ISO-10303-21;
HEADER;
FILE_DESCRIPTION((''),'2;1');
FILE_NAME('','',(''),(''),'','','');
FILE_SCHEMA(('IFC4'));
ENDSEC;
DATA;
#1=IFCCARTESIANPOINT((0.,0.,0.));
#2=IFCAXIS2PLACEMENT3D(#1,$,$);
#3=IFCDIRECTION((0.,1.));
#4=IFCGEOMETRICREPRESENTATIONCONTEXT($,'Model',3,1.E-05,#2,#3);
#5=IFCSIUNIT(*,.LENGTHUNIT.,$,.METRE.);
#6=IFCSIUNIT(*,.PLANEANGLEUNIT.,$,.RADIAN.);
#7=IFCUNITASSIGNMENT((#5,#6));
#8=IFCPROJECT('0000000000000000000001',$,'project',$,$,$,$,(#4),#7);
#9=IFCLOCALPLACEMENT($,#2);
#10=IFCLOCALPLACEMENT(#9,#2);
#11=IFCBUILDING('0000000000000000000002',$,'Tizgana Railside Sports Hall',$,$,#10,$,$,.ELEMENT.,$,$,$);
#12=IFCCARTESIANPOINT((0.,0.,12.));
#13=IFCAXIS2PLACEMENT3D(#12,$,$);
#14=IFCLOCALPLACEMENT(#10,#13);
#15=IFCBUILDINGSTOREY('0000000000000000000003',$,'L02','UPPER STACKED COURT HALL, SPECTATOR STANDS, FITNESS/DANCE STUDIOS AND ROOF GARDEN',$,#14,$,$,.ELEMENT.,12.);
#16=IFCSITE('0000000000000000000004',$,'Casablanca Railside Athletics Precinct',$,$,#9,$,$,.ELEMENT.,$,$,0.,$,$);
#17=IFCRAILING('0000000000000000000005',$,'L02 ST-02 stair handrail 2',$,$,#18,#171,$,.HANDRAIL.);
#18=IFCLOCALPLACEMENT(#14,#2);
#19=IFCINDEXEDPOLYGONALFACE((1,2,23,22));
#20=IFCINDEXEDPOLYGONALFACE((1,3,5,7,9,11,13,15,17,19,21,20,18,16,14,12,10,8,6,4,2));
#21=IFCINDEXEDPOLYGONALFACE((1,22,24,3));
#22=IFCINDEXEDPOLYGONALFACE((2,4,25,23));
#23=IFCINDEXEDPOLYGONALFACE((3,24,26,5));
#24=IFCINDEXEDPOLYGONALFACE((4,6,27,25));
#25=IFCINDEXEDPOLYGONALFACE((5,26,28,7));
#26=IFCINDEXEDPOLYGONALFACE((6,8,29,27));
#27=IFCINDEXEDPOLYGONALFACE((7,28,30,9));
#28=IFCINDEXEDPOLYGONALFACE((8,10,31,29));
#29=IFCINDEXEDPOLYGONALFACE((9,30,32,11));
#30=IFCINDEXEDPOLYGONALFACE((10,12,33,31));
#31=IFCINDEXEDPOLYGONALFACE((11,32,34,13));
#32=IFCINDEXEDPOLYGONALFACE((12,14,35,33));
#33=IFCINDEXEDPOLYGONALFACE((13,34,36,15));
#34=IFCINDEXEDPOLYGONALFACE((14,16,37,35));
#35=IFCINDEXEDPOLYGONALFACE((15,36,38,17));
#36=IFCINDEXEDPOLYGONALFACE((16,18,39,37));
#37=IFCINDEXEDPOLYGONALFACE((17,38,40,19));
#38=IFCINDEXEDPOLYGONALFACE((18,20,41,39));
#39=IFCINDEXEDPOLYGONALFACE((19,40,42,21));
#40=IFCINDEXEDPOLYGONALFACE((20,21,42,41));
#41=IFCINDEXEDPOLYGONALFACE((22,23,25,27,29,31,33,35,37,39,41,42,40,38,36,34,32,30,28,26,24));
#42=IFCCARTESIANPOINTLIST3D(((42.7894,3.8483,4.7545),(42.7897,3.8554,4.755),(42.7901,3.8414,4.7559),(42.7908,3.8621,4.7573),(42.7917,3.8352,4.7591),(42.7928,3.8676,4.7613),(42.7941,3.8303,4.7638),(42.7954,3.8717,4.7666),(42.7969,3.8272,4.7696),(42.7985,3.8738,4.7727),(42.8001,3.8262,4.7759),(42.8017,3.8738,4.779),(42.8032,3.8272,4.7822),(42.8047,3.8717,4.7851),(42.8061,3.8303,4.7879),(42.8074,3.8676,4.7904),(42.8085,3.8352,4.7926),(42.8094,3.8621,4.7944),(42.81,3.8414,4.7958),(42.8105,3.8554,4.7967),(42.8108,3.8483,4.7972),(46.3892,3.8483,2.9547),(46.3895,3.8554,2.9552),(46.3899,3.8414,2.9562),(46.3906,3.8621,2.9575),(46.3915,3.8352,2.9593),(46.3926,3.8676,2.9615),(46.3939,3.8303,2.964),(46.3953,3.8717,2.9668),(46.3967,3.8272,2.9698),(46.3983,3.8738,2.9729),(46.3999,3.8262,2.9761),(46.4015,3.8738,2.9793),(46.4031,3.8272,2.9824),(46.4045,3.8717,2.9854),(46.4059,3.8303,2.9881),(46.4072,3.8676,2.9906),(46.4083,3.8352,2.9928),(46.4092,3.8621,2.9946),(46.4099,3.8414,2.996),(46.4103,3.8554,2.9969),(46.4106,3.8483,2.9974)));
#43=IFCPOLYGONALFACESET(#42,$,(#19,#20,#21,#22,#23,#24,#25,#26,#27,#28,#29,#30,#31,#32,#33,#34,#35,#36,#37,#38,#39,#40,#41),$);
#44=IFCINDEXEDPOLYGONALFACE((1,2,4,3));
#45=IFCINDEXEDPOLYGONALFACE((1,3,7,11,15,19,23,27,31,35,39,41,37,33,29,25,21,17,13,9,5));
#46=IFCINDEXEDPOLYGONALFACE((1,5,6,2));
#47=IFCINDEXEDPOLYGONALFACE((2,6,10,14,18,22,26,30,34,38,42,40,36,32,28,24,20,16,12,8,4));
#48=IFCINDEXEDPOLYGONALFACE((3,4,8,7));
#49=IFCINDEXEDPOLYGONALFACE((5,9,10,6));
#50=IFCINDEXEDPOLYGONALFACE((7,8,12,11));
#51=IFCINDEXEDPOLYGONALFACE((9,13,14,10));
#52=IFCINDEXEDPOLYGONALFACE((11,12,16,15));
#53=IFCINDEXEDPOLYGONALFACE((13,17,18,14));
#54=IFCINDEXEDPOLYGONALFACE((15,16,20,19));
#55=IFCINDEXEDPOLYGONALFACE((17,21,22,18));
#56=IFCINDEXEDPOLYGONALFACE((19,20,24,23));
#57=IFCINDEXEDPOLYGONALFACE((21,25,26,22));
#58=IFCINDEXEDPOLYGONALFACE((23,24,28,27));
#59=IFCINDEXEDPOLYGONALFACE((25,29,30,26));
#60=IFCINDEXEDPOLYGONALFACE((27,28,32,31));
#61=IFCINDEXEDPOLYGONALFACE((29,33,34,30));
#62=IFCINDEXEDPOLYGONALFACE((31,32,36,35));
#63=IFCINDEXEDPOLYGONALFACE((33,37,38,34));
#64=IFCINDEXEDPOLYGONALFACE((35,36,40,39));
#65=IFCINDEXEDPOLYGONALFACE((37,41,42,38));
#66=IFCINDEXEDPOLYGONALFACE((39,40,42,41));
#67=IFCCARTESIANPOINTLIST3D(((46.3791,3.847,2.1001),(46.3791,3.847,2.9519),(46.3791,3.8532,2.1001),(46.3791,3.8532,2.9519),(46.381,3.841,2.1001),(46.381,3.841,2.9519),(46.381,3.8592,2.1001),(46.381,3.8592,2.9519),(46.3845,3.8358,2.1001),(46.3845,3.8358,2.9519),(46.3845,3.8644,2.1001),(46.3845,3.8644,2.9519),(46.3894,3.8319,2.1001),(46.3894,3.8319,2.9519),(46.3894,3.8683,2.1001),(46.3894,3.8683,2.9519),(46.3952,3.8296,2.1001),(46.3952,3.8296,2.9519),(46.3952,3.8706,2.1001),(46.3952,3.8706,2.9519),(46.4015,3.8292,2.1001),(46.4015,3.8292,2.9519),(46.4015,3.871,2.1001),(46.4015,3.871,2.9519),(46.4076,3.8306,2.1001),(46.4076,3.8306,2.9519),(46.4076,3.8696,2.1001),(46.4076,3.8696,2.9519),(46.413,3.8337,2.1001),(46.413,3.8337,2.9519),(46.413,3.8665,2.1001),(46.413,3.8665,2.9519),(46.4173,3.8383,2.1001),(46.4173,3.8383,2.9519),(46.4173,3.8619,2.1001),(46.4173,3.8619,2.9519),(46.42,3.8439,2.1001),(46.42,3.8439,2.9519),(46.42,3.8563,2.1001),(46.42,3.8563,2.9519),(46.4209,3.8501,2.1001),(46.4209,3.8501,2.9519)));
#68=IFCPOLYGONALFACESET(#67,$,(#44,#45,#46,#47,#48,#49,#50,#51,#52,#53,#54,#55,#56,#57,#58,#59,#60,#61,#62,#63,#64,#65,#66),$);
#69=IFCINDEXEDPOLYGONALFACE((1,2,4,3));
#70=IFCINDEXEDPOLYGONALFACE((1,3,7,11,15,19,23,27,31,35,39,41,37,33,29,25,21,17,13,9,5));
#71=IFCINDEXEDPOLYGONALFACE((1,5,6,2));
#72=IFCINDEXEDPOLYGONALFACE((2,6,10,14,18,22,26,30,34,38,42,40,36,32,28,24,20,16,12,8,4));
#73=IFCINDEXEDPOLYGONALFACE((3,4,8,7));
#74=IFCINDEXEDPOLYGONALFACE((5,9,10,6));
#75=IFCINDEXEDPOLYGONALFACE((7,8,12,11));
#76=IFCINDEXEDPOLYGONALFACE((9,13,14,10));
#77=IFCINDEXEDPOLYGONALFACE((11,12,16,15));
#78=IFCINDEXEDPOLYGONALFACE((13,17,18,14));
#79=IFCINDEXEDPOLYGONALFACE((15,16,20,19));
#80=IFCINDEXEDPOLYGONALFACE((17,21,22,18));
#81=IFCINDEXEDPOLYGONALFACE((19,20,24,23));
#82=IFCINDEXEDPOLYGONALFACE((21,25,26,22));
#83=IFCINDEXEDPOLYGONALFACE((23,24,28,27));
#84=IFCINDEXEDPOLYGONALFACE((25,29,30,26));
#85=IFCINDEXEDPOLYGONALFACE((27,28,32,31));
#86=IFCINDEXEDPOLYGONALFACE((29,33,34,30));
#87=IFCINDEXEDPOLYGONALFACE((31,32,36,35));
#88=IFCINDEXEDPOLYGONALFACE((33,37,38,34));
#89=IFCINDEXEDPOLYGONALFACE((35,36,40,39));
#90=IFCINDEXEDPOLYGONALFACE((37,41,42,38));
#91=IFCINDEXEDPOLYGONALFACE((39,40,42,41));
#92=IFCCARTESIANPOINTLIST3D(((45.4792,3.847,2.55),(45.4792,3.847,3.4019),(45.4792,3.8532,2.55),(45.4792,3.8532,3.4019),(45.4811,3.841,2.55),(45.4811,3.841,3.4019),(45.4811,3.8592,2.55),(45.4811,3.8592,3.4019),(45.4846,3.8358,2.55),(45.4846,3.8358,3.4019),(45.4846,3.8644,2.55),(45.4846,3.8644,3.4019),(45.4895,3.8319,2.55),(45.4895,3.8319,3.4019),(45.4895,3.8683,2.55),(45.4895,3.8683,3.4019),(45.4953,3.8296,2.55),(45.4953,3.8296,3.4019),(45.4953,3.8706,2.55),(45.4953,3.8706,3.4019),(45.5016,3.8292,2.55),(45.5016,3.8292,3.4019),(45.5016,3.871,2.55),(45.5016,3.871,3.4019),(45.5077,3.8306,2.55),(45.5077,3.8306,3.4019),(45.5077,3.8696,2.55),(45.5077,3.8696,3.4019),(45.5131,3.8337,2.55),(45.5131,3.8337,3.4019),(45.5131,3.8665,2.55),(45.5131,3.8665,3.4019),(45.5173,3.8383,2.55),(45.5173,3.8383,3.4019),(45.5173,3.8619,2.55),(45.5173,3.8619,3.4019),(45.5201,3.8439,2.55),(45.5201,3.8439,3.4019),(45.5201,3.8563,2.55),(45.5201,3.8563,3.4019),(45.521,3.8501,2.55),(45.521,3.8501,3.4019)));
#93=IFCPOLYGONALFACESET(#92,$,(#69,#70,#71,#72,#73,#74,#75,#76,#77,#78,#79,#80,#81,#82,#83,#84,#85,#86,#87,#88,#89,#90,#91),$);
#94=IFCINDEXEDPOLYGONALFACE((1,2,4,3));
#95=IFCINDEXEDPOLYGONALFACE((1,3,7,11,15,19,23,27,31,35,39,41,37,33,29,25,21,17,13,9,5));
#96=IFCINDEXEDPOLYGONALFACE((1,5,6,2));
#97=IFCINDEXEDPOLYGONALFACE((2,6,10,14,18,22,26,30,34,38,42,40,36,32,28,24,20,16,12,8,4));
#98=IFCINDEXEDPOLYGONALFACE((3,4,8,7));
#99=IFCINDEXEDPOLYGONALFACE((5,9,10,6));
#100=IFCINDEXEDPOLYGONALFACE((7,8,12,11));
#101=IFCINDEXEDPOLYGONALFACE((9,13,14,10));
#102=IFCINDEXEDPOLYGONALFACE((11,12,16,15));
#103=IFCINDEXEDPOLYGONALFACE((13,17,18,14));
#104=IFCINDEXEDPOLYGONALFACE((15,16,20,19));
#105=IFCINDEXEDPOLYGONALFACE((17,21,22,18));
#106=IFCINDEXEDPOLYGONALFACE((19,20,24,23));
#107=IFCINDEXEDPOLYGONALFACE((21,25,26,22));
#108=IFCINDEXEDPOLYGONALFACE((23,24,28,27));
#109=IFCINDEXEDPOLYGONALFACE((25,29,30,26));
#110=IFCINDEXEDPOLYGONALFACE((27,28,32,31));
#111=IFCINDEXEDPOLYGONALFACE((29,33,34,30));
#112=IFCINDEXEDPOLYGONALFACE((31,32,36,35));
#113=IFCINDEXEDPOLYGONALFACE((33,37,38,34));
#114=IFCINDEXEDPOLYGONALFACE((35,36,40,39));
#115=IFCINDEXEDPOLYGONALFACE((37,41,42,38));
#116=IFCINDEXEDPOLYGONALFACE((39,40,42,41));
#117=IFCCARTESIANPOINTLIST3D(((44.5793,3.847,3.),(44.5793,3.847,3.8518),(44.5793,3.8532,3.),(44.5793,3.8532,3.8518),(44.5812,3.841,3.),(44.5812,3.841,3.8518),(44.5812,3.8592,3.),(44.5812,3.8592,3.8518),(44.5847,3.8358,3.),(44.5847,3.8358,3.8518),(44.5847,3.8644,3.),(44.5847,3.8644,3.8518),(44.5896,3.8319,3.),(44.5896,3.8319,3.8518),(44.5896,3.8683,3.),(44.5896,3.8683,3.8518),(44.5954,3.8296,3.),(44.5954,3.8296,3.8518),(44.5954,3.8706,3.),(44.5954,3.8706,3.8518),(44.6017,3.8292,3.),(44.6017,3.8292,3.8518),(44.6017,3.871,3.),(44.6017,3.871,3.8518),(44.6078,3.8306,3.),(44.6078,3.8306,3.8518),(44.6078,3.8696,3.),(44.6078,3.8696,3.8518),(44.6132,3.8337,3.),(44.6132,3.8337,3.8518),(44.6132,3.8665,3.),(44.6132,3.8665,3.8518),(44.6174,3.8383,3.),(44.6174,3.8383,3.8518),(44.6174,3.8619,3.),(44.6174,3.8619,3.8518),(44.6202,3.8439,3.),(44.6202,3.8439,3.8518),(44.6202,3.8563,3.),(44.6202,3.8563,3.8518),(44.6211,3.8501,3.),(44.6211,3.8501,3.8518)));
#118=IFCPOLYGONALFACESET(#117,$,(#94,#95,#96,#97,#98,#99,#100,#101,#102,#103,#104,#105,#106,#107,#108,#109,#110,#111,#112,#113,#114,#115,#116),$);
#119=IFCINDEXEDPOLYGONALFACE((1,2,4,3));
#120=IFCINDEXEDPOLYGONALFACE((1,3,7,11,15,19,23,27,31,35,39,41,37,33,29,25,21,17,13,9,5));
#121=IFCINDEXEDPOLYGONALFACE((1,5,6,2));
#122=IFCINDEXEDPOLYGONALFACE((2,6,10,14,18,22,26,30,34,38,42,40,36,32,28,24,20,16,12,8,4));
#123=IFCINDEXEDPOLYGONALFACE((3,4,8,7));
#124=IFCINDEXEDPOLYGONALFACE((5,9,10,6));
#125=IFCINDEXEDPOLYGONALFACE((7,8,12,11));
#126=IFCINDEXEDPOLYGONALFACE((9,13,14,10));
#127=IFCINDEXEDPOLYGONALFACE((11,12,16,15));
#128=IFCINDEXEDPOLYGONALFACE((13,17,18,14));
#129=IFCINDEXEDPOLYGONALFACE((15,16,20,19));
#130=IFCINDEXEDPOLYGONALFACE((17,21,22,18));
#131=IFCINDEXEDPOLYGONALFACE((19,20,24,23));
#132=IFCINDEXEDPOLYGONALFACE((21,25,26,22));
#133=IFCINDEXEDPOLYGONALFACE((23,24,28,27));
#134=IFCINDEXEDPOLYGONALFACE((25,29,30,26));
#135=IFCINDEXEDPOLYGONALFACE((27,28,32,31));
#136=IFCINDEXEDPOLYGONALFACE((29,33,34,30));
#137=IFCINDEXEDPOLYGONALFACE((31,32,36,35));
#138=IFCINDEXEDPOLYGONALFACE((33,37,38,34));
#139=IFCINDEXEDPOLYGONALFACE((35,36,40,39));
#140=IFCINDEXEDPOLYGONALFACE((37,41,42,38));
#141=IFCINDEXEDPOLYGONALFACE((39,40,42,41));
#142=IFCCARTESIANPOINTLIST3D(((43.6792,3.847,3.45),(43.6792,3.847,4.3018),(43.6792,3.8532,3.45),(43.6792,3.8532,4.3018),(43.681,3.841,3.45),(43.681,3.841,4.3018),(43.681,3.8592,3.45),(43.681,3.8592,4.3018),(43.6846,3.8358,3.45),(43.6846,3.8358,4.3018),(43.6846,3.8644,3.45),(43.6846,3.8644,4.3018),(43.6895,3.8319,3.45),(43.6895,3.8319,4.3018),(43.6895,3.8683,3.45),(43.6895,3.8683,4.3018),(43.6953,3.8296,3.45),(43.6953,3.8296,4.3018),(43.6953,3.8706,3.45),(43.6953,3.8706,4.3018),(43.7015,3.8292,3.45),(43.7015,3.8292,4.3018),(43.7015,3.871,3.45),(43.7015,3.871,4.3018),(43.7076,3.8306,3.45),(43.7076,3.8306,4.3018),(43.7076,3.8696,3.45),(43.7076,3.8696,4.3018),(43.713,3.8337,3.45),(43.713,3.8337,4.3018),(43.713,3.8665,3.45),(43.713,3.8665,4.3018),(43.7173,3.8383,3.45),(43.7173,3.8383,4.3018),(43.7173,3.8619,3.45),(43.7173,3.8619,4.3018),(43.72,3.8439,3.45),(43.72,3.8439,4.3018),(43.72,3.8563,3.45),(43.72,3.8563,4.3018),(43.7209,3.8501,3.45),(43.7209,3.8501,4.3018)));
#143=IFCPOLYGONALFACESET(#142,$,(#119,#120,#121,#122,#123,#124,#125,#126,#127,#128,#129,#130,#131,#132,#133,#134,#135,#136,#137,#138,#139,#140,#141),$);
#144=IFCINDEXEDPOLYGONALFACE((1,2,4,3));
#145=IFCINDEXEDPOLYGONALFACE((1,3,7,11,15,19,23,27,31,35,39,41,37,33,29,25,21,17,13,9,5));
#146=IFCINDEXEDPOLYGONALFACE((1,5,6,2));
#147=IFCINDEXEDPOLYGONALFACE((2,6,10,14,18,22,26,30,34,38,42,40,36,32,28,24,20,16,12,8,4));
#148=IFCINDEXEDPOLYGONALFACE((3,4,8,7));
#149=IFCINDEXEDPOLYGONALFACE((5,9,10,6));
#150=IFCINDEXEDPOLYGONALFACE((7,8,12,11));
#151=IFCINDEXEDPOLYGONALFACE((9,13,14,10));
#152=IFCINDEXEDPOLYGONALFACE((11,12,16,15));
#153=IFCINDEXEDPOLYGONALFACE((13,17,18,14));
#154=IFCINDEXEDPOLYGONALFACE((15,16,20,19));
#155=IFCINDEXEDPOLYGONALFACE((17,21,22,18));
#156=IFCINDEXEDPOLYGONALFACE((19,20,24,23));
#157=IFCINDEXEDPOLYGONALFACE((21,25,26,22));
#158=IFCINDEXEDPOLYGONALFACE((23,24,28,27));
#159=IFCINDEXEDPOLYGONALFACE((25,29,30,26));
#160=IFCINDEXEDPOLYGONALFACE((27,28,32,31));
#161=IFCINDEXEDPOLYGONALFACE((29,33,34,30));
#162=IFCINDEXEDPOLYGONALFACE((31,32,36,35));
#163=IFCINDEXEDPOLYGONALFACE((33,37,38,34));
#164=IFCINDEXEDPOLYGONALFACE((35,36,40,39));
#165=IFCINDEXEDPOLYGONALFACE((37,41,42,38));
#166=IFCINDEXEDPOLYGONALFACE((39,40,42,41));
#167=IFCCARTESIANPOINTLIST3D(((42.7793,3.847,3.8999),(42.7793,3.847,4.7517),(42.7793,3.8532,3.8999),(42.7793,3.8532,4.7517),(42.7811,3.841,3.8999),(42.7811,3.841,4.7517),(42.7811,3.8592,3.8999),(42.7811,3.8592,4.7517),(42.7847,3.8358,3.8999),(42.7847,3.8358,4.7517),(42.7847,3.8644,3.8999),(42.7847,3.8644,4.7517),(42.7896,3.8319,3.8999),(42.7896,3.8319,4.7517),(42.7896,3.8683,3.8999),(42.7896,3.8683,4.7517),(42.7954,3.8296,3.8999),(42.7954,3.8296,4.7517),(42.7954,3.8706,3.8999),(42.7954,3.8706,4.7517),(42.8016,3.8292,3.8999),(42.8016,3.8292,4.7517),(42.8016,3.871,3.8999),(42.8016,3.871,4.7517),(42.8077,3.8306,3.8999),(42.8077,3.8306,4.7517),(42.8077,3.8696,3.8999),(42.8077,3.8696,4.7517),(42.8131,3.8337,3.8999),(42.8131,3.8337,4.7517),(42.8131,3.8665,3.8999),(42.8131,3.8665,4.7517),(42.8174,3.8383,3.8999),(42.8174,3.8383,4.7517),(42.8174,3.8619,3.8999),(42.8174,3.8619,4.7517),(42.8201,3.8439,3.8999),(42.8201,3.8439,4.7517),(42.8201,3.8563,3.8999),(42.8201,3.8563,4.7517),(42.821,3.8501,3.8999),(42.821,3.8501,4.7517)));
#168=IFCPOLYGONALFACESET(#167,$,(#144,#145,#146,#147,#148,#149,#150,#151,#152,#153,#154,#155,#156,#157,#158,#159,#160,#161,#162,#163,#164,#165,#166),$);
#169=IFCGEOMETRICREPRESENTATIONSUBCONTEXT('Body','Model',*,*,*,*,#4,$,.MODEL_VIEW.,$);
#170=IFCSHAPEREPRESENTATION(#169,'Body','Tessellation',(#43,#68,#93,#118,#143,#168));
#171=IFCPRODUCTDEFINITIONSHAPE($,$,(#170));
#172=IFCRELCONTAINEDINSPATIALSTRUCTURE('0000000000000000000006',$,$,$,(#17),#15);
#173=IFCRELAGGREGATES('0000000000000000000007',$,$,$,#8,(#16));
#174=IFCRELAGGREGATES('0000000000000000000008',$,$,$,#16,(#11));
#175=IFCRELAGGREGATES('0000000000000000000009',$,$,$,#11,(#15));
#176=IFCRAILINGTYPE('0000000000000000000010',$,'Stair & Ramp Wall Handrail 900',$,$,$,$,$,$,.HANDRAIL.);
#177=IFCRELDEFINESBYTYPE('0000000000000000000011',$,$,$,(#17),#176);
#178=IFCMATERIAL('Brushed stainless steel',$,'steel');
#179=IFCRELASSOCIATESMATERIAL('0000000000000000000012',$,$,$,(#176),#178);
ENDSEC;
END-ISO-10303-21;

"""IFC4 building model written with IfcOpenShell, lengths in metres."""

from ifc_helpers import new_model, si_unit, direction, frame, origin, origin_2d, place, context, subcontext, project, spatial, circle, extrude, material, type_object, element, save


model = new_model("IFC4")

# Units and contexts
model_context = context("Model", 3, precision=1e-05, world=origin(), true_north=direction((0.0, 1.0)))
body_context = subcontext(model_context, "Body", "Model", "MODEL_VIEW")
ifc_project = project(units=[si_unit("LENGTHUNIT", "METRE"), si_unit("PLANEANGLEUNIT", "RADIAN")], contexts=[model_context])

# Site, building, storey
site_placement = place(None, origin())
site = spatial("IfcSite", under=ifc_project, at=site_placement, Name="Casablanca Railside Athletics Precinct", CompositionType="ELEMENT", RefElevation=0.0)
building_placement = place(site_placement, origin())
building = spatial("IfcBuilding", under=site, at=building_placement, Name="Tizgana Railside Sports Hall", CompositionType="ELEMENT")
storey_placement = place(building_placement, frame((0.0, 0.0, 12.0)))
storey = spatial("IfcBuildingStorey", under=building, at=storey_placement, Name="L02", Description="UPPER STACKED COURT HALL, SPECTATOR STANDS, FITNESS/DANCE STUDIOS AND ROOF GARDEN", CompositionType="ELEMENT", Elevation=12.0)

# Shared definitions
ifc_material_1 = material(Name="Brushed stainless steel", Category="steel")

# Railing
railing_type_1 = type_object("IfcRailingType", Name="Stair & Ramp Wall Handrail 900", PredefinedType="HANDRAIL", material=ifc_material_1)
railing_1_placement = place(storey_placement, frame((46.3999, 3.8501, 2.1001)))
element("IfcRailing", 1, at=railing_1_placement, inside=storey, type_object=railing_type_1, Name="L02 ST-02 stair handrail 2", PredefinedType="HANDRAIL", context=body_context, shape_type="SweptSolid", body=[
    extrude(circle(Radius=0.0239, at=origin_2d()), frame((0.0, 0.0, 0.876), z_axis=(-0.894439, 0.0, 0.447189), x_axis=(0.0, -1.0, 0.0)), (0.0, 0.0, 1.0), 4.0247),
    extrude(circle(Radius=0.021, at=origin_2d()), origin(), (0.0, 0.0, 1.0), 0.8518),
    extrude(circle(Radius=0.021, at=origin_2d()), frame((-0.8999, 0.0, 0.45)), (0.0, 0.0, 1.0), 0.8518),
    extrude(circle(Radius=0.021, at=origin_2d()), frame((-1.7998, 0.0, 0.8999)), (0.0, 0.0, 1.0), 0.8518),
    extrude(circle(Radius=0.021, at=origin_2d()), frame((-2.7, 0.0, 1.3499)), (0.0, 0.0, 1.0), 0.8518),
    extrude(circle(Radius=0.021, at=origin_2d()), frame((-3.5999, 0.0, 1.7998)), (0.0, 0.0, 1.0), 0.8518),
])

save(model, "model.ifc")
